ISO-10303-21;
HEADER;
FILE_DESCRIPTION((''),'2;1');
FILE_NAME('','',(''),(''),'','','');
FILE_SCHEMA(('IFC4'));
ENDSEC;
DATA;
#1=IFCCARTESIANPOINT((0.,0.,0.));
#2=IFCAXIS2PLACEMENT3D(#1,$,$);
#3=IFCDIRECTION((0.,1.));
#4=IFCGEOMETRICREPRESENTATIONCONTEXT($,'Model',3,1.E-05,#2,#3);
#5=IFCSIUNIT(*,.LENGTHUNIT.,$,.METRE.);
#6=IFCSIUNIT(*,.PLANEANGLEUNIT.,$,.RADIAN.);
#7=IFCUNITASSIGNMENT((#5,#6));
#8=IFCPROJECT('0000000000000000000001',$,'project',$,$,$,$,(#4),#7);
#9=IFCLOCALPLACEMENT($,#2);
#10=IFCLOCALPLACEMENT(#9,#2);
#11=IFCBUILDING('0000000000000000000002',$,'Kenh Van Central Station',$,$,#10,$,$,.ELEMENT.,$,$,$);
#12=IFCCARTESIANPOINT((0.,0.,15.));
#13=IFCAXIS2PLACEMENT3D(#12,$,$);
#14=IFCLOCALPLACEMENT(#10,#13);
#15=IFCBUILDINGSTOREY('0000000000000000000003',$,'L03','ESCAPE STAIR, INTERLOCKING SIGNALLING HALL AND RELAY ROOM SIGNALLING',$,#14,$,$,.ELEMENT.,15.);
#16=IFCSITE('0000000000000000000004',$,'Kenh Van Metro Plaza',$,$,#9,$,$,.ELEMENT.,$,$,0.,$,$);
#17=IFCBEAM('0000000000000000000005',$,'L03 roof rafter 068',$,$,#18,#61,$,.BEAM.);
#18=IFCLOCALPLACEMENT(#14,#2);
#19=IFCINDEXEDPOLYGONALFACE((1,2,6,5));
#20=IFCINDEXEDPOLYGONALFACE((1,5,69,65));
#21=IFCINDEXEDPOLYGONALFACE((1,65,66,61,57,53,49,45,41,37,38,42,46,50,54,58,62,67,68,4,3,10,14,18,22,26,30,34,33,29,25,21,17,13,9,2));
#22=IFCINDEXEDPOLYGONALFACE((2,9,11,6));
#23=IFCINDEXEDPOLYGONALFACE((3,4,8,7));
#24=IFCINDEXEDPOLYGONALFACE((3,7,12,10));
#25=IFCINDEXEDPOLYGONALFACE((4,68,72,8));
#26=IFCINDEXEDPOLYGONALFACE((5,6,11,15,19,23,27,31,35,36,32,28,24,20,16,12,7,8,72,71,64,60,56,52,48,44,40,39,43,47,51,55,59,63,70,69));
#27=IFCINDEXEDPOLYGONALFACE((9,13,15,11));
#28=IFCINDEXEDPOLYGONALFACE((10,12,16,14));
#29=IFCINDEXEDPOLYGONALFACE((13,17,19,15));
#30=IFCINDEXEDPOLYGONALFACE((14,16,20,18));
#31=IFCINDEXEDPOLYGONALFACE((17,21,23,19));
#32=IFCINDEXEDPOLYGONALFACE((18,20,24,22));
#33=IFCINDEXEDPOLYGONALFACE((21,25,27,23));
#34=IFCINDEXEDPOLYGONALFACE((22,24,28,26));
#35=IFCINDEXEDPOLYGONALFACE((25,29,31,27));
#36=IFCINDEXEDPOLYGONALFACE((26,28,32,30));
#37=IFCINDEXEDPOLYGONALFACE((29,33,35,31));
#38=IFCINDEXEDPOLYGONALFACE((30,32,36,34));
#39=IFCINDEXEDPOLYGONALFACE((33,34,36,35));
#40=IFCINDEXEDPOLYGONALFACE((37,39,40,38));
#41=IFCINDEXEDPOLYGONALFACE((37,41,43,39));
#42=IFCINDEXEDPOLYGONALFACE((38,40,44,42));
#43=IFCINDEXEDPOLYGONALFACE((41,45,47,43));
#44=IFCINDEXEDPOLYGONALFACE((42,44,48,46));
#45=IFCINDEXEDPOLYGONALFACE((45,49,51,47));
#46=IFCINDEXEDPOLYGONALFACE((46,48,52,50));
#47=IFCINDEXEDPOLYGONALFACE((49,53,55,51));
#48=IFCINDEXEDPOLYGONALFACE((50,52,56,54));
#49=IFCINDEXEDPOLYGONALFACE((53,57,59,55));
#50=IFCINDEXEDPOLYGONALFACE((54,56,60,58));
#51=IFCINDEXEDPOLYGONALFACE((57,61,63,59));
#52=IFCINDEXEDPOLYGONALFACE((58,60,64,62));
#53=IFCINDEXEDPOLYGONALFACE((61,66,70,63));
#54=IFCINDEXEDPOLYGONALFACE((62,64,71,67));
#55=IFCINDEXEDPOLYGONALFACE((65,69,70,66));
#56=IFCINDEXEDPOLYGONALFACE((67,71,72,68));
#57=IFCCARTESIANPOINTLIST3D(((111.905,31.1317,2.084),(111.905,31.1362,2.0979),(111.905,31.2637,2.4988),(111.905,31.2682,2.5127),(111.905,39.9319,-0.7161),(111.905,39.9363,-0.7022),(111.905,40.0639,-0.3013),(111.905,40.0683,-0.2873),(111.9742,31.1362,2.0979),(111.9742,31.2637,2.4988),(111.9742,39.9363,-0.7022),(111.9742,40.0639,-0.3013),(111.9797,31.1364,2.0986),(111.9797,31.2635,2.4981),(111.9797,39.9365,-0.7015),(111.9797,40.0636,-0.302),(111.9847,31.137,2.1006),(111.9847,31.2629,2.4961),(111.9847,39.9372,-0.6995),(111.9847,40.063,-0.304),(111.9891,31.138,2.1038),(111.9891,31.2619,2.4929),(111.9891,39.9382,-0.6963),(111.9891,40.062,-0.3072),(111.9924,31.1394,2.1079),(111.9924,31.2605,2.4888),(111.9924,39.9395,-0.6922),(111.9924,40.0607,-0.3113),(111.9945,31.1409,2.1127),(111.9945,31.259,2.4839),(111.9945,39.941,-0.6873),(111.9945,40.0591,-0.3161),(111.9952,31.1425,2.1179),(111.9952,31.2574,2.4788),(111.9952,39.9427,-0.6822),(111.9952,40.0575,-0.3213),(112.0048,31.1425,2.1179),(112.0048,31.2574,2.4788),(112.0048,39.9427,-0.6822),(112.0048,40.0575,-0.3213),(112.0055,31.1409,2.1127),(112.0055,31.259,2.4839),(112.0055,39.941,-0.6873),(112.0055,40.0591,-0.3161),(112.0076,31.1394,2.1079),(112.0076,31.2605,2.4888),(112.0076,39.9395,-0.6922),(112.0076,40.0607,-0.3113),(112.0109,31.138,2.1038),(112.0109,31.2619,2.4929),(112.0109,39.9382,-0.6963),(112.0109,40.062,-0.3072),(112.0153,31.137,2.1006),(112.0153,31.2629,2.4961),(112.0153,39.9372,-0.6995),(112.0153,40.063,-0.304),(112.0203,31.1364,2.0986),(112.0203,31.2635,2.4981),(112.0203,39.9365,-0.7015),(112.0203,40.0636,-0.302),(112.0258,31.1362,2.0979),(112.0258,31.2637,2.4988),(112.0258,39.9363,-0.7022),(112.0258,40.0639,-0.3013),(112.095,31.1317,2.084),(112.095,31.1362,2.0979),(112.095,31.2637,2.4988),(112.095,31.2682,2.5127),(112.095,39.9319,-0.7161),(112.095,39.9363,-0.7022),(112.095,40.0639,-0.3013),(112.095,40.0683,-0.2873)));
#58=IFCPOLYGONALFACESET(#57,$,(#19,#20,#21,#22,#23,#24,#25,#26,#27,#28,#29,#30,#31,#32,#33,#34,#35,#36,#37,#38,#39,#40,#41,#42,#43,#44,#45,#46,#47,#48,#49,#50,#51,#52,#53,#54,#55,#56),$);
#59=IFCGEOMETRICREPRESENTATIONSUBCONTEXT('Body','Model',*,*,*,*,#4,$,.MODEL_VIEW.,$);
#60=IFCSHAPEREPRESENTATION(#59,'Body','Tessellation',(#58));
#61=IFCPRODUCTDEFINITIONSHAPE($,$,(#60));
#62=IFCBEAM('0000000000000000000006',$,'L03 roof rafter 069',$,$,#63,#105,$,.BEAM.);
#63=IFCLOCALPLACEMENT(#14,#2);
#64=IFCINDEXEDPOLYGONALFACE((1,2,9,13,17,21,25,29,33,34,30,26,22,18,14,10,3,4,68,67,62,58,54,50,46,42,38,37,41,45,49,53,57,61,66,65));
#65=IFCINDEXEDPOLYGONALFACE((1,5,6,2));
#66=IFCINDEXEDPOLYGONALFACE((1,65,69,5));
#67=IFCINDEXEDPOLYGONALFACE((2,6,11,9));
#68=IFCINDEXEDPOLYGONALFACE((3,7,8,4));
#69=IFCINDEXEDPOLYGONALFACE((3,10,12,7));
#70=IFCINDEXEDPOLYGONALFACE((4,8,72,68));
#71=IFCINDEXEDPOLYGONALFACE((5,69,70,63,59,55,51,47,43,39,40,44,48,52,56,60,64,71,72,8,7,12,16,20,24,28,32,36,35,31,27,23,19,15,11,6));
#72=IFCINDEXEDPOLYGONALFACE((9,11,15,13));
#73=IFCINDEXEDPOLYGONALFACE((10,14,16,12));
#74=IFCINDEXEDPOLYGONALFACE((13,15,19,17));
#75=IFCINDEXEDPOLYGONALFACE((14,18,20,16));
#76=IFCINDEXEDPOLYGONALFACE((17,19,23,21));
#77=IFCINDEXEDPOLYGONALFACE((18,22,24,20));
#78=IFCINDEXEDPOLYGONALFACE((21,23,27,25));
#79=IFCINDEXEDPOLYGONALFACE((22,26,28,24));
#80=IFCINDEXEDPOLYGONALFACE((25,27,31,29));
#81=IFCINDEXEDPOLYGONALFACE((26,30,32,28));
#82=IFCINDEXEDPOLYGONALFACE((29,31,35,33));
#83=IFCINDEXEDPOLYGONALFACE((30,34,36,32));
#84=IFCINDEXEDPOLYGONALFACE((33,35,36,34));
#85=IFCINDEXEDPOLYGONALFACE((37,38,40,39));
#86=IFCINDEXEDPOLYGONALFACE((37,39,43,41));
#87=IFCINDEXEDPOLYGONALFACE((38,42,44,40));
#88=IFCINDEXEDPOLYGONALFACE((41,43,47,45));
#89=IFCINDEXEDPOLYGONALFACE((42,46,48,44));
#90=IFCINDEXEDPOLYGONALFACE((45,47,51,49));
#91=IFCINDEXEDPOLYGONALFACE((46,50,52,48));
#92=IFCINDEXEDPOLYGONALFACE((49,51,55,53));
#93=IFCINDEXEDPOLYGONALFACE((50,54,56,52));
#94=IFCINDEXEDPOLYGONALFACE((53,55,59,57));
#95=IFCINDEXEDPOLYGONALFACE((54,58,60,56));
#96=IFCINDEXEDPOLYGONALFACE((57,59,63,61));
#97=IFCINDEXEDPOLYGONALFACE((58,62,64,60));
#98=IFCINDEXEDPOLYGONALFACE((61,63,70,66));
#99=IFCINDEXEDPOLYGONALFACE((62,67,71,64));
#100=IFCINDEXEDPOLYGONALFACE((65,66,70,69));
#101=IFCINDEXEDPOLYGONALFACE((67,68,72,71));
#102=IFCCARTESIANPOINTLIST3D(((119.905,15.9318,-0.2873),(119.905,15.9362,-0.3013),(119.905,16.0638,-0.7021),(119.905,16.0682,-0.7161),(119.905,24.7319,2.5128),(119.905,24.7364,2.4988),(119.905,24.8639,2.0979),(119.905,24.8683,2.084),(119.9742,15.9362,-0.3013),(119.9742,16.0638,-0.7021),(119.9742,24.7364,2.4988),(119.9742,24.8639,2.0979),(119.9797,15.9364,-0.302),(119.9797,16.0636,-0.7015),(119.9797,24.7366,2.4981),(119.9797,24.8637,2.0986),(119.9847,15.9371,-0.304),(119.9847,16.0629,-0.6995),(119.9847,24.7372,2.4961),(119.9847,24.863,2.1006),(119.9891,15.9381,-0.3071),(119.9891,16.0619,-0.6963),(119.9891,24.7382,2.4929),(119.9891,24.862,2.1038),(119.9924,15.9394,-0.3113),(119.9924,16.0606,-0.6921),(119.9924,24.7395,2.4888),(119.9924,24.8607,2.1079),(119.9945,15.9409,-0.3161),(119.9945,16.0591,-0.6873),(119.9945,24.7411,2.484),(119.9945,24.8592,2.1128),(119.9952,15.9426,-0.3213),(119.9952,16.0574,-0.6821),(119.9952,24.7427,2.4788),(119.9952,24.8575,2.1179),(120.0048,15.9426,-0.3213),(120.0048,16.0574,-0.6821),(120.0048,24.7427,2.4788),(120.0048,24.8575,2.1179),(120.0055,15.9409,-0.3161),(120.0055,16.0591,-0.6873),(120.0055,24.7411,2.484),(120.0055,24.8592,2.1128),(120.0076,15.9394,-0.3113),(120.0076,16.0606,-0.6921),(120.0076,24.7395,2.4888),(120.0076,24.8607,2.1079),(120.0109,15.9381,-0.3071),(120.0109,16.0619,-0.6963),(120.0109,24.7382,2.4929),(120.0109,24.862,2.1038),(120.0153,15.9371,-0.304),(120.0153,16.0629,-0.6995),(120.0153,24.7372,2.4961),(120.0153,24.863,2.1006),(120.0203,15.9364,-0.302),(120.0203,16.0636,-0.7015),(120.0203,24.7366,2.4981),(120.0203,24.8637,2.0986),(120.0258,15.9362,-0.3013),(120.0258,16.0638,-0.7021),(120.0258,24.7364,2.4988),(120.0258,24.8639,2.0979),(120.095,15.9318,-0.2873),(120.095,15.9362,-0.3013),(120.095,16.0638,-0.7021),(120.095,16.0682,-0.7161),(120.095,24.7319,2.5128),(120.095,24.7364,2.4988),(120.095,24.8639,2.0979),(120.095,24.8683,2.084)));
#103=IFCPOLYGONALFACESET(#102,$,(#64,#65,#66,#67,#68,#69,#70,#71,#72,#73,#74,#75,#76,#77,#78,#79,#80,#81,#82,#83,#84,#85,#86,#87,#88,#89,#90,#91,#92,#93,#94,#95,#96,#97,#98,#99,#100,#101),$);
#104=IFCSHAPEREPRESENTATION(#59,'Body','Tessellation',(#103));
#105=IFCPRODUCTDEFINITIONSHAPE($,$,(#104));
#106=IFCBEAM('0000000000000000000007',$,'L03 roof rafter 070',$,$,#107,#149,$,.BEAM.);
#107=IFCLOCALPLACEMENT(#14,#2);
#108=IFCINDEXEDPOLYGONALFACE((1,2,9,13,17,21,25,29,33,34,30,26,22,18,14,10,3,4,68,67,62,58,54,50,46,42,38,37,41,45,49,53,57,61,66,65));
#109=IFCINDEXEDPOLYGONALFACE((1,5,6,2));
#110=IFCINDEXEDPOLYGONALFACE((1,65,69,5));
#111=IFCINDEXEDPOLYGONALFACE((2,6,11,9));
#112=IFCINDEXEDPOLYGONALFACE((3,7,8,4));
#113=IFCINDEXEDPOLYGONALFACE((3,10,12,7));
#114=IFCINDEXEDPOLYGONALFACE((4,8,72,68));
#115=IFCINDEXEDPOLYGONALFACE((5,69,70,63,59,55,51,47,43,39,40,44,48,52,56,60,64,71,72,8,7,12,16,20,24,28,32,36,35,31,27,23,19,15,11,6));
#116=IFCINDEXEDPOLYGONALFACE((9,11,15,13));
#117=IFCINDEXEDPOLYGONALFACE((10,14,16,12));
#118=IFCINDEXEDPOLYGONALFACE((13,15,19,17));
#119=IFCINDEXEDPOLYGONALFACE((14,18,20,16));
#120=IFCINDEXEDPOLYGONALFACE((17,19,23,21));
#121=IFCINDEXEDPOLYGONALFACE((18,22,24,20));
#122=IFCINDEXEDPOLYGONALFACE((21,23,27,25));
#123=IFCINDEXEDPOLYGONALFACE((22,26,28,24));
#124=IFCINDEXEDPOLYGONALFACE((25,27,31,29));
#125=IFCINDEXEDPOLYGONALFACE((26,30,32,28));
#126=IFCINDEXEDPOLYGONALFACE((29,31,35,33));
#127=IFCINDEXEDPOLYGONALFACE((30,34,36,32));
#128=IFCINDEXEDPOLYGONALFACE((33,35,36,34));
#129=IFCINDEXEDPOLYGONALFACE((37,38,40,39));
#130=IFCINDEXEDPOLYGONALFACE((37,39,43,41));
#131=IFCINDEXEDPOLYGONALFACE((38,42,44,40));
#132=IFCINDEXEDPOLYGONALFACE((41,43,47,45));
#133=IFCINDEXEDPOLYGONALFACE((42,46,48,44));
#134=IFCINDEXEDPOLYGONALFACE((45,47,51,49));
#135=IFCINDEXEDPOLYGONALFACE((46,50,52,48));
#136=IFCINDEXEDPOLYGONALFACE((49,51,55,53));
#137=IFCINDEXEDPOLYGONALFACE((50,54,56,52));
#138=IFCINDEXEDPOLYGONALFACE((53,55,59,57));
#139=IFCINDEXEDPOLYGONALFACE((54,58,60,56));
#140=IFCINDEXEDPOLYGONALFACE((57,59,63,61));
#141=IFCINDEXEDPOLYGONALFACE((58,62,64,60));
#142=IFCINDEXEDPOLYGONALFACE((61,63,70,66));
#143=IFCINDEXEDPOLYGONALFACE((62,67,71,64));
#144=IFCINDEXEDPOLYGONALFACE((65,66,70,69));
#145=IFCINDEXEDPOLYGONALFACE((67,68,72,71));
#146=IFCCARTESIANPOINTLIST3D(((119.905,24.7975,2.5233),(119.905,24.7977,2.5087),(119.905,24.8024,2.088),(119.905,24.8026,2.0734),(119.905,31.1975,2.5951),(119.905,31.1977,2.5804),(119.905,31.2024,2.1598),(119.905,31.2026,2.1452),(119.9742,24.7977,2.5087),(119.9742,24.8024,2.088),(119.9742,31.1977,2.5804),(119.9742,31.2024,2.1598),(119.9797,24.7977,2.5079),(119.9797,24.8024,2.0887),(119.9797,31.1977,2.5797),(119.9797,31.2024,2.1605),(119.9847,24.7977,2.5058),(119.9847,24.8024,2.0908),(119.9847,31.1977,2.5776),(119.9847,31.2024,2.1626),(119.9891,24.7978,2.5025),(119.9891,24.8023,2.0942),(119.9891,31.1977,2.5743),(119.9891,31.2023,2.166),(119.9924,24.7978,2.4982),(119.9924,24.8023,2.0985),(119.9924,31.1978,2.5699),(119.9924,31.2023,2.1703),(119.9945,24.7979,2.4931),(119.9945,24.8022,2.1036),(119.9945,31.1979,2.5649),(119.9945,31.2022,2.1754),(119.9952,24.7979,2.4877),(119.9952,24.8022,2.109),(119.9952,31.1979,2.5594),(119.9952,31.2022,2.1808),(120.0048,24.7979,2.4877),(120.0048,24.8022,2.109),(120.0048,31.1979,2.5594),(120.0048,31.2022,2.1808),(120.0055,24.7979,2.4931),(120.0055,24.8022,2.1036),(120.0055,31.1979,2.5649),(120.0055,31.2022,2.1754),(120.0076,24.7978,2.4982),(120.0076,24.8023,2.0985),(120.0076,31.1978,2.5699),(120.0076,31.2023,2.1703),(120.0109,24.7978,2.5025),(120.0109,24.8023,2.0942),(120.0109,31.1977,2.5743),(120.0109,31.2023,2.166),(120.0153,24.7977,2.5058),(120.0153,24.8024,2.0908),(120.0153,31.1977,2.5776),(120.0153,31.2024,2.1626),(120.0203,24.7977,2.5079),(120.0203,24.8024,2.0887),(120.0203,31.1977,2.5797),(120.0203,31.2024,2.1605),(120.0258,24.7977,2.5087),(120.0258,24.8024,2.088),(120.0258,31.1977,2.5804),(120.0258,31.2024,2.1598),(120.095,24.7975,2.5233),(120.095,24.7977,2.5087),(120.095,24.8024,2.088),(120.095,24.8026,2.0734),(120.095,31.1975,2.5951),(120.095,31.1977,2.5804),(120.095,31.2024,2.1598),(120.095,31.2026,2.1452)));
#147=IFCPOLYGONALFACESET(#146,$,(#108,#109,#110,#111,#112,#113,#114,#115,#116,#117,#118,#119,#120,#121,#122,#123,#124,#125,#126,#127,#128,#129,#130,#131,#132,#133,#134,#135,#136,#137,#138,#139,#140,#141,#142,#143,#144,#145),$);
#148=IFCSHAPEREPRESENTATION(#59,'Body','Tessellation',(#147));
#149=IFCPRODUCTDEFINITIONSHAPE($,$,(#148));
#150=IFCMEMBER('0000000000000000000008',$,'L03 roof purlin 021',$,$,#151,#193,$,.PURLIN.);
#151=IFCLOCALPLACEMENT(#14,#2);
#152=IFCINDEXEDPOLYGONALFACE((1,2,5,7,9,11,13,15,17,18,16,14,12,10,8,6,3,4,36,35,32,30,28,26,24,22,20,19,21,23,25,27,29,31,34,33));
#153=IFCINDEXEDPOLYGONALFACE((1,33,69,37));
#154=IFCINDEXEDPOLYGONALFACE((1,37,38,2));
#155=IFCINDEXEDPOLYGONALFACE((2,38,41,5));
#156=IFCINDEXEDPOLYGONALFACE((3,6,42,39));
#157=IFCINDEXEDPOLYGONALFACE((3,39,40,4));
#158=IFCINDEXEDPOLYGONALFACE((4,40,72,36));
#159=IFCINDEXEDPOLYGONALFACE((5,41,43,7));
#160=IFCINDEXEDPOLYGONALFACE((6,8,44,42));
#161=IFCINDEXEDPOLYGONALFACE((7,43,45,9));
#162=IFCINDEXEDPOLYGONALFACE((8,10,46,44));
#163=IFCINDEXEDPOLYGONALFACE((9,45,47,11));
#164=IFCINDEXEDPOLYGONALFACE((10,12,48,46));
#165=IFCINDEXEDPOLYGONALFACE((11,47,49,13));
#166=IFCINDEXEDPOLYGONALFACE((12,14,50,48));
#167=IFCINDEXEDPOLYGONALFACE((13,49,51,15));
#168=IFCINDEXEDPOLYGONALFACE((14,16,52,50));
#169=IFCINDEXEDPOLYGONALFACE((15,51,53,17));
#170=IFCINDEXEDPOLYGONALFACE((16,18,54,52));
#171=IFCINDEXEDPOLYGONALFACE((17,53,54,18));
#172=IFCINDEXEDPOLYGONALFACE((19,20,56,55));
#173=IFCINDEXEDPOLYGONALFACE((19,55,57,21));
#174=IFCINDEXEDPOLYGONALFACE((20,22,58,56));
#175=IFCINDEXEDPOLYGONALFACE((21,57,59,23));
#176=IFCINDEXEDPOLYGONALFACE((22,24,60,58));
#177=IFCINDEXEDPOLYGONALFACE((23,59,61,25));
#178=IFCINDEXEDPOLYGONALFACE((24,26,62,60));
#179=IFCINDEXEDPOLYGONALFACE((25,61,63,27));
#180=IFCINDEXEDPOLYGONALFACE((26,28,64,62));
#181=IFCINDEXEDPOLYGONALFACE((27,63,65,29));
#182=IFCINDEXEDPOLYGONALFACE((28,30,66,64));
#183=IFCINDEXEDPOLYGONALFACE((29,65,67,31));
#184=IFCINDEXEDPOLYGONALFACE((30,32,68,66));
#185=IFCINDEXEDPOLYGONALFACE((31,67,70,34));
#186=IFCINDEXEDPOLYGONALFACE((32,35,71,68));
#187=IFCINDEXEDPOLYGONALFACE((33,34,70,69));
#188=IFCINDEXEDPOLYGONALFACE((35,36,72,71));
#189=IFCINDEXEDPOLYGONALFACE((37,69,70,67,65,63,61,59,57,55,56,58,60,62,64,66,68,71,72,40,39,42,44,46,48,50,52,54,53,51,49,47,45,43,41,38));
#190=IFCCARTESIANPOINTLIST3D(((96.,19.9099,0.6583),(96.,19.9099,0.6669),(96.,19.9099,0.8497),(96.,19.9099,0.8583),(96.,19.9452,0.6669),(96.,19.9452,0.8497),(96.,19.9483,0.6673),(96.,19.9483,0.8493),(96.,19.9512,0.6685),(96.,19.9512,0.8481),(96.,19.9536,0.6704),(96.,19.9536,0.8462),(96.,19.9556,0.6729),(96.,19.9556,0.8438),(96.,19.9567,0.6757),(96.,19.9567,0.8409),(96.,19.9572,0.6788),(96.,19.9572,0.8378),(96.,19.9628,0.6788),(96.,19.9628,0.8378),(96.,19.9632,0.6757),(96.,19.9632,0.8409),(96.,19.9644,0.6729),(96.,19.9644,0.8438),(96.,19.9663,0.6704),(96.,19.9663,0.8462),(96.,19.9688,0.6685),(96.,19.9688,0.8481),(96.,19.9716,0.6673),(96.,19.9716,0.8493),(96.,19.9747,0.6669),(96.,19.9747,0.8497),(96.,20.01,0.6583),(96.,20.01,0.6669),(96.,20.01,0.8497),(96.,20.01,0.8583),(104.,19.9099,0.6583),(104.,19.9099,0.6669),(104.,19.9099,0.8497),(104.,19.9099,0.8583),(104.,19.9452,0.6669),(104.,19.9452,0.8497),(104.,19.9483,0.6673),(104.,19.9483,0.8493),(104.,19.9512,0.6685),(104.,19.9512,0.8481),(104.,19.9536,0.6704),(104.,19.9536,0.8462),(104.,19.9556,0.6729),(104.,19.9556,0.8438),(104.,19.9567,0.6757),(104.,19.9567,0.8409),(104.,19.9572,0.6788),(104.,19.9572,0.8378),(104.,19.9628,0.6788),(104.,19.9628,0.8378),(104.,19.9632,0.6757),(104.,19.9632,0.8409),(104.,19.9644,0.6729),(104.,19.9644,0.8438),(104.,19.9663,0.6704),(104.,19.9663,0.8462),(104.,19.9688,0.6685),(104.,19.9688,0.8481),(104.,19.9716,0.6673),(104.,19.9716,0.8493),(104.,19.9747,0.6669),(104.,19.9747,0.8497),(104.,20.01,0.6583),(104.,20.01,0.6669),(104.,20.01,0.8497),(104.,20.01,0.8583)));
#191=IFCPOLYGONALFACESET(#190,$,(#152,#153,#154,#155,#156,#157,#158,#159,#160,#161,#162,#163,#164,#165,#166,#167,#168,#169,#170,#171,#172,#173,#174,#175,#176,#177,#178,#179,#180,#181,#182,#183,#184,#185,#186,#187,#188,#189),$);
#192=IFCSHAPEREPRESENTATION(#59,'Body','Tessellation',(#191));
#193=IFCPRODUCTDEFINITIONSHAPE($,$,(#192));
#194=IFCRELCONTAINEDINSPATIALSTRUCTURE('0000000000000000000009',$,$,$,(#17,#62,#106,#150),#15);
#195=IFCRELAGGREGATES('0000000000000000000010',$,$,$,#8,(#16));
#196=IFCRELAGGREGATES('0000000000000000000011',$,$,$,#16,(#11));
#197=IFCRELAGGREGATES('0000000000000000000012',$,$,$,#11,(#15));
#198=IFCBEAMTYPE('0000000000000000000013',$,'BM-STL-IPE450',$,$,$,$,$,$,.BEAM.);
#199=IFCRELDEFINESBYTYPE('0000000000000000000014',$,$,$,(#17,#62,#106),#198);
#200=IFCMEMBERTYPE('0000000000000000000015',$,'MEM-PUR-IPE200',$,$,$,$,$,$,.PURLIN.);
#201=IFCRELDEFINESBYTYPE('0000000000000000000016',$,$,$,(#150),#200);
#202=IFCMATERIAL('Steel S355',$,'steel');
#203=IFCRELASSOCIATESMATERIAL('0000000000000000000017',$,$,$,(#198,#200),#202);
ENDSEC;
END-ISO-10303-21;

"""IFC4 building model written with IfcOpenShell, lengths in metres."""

from ifc_helpers import new_model, si_unit, direction, frame, origin, origin_2d, place, context, subcontext, project, spatial, i_section, extrude, material, material_profile, profile_set, type_object, element, save


model = new_model("IFC4")

# Units and contexts
model_context = context("Model", 3, precision=1e-05, world=origin(), true_north=direction((0.0, 1.0)))
body_context = subcontext(model_context, "Body", "Model", "MODEL_VIEW")
ifc_project = project(units=[si_unit("LENGTHUNIT", "METRE"), si_unit("PLANEANGLEUNIT", "RADIAN")], contexts=[model_context])

# Site, building, storey
site_placement = place(None, origin())
site = spatial("IfcSite", under=ifc_project, at=site_placement, Name="Kenh Van Metro Plaza", CompositionType="ELEMENT", RefElevation=0.0)
building_placement = place(site_placement, origin())
building = spatial("IfcBuilding", under=site, at=building_placement, Name="Kenh Van Central Station", CompositionType="ELEMENT")
storey_placement = place(building_placement, frame((0.0, 0.0, 15.0)))
storey = spatial("IfcBuildingStorey", under=building, at=storey_placement, Name="L03", Description="ESCAPE STAIR, INTERLOCKING SIGNALLING HALL AND RELAY ROOM SIGNALLING", CompositionType="ELEMENT", Elevation=15.0)

# Beams
ifc_material_1 = material(Name="Steel S355", Category="steel")
ifc_material_profile_1 = material_profile(ifc_material_1, i_section(OverallWidth=0.1899, OverallDepth=0.45, WebThickness=0.0095, FlangeThickness=0.0146, FilletRadius=0.021, at=origin_2d()), Name="IPE 450")
ifc_profile_set_1 = profile_set([ifc_material_profile_1], Name="Steel S355")
beam_type = type_object("IfcBeamType", Name="BM-STL-IPE450", PredefinedType="BEAM", material=ifc_profile_set_1)
for number, where, z_axis, x_axis, name in (
    (1, (112.0, 31.2, 2.2983), (0.0, 0.952925, -0.303207), (-1.0, 0.0, 0.0), "L03 roof rafter 068"),
    (2, (120.0, 16.0, -0.5017), (0.0, 0.952925, 0.303207), (-1.0, 0.0, 0.0), "L03 roof rafter 069"),
):
    element("IfcBeam", number, at=place(storey_placement, frame(where, z_axis=z_axis, x_axis=x_axis)), inside=storey, type_object=beam_type, Name=name, PredefinedType="BEAM", context=body_context, shape_type="SweptSolid", body=[
        extrude(i_section(OverallWidth=0.1899, OverallDepth=0.45, WebThickness=0.0095, FlangeThickness=0.0146, FilletRadius=0.021, at=origin_2d()), origin(), (0.0, 0.0, 1.0), 9.2349),
    ])
beam_1_placement = place(storey_placement, frame((120.0, 24.8, 2.2983), z_axis=(0.0, 0.999937, 0.011215), x_axis=(-1.0, 0.0, 0.0)))
element("IfcBeam", 3, at=beam_1_placement, inside=storey, type_object=beam_type, Name="L03 roof rafter 070", PredefinedType="BEAM", context=body_context, shape_type="SweptSolid", body=[
    extrude(i_section(OverallWidth=0.1899, OverallDepth=0.45, WebThickness=0.0095, FlangeThickness=0.0146, FilletRadius=0.021, at=origin_2d()), origin(), (0.0, 0.0, 1.0), 6.4004),
])

# Member
ifc_material_profile_2 = material_profile(ifc_material_1, i_section(OverallWidth=0.1001, OverallDepth=0.2, WebThickness=0.0056, FlangeThickness=0.0085, FilletRadius=0.012, at=origin_2d()), Name="IPE 200")
ifc_profile_set_2 = profile_set([ifc_material_profile_2], Name="Steel S355")
member_type_1 = type_object("IfcMemberType", Name="MEM-PUR-IPE200", PredefinedType="PURLIN", material=ifc_profile_set_2)
for number, where, z_axis, x_axis, name in (
    (4, (96.0, 19.96, 0.7583), (1.0, 0.0, 0.0), (0.0, 1.0, 0.0), "L03 roof purlin 021"),
):
    element("IfcMember", number, at=place(storey_placement, frame(where, z_axis=z_axis, x_axis=x_axis)), inside=storey, type_object=member_type_1, Name=name, PredefinedType="PURLIN", context=body_context, shape_type="SweptSolid", body=[
        extrude(i_section(OverallWidth=0.1001, OverallDepth=0.2, WebThickness=0.0056, FlangeThickness=0.0085, FilletRadius=0.012, at=origin_2d()), origin(), (0.0, 0.0, 1.0), 8.0),
    ])

save(model, "model.ifc")
